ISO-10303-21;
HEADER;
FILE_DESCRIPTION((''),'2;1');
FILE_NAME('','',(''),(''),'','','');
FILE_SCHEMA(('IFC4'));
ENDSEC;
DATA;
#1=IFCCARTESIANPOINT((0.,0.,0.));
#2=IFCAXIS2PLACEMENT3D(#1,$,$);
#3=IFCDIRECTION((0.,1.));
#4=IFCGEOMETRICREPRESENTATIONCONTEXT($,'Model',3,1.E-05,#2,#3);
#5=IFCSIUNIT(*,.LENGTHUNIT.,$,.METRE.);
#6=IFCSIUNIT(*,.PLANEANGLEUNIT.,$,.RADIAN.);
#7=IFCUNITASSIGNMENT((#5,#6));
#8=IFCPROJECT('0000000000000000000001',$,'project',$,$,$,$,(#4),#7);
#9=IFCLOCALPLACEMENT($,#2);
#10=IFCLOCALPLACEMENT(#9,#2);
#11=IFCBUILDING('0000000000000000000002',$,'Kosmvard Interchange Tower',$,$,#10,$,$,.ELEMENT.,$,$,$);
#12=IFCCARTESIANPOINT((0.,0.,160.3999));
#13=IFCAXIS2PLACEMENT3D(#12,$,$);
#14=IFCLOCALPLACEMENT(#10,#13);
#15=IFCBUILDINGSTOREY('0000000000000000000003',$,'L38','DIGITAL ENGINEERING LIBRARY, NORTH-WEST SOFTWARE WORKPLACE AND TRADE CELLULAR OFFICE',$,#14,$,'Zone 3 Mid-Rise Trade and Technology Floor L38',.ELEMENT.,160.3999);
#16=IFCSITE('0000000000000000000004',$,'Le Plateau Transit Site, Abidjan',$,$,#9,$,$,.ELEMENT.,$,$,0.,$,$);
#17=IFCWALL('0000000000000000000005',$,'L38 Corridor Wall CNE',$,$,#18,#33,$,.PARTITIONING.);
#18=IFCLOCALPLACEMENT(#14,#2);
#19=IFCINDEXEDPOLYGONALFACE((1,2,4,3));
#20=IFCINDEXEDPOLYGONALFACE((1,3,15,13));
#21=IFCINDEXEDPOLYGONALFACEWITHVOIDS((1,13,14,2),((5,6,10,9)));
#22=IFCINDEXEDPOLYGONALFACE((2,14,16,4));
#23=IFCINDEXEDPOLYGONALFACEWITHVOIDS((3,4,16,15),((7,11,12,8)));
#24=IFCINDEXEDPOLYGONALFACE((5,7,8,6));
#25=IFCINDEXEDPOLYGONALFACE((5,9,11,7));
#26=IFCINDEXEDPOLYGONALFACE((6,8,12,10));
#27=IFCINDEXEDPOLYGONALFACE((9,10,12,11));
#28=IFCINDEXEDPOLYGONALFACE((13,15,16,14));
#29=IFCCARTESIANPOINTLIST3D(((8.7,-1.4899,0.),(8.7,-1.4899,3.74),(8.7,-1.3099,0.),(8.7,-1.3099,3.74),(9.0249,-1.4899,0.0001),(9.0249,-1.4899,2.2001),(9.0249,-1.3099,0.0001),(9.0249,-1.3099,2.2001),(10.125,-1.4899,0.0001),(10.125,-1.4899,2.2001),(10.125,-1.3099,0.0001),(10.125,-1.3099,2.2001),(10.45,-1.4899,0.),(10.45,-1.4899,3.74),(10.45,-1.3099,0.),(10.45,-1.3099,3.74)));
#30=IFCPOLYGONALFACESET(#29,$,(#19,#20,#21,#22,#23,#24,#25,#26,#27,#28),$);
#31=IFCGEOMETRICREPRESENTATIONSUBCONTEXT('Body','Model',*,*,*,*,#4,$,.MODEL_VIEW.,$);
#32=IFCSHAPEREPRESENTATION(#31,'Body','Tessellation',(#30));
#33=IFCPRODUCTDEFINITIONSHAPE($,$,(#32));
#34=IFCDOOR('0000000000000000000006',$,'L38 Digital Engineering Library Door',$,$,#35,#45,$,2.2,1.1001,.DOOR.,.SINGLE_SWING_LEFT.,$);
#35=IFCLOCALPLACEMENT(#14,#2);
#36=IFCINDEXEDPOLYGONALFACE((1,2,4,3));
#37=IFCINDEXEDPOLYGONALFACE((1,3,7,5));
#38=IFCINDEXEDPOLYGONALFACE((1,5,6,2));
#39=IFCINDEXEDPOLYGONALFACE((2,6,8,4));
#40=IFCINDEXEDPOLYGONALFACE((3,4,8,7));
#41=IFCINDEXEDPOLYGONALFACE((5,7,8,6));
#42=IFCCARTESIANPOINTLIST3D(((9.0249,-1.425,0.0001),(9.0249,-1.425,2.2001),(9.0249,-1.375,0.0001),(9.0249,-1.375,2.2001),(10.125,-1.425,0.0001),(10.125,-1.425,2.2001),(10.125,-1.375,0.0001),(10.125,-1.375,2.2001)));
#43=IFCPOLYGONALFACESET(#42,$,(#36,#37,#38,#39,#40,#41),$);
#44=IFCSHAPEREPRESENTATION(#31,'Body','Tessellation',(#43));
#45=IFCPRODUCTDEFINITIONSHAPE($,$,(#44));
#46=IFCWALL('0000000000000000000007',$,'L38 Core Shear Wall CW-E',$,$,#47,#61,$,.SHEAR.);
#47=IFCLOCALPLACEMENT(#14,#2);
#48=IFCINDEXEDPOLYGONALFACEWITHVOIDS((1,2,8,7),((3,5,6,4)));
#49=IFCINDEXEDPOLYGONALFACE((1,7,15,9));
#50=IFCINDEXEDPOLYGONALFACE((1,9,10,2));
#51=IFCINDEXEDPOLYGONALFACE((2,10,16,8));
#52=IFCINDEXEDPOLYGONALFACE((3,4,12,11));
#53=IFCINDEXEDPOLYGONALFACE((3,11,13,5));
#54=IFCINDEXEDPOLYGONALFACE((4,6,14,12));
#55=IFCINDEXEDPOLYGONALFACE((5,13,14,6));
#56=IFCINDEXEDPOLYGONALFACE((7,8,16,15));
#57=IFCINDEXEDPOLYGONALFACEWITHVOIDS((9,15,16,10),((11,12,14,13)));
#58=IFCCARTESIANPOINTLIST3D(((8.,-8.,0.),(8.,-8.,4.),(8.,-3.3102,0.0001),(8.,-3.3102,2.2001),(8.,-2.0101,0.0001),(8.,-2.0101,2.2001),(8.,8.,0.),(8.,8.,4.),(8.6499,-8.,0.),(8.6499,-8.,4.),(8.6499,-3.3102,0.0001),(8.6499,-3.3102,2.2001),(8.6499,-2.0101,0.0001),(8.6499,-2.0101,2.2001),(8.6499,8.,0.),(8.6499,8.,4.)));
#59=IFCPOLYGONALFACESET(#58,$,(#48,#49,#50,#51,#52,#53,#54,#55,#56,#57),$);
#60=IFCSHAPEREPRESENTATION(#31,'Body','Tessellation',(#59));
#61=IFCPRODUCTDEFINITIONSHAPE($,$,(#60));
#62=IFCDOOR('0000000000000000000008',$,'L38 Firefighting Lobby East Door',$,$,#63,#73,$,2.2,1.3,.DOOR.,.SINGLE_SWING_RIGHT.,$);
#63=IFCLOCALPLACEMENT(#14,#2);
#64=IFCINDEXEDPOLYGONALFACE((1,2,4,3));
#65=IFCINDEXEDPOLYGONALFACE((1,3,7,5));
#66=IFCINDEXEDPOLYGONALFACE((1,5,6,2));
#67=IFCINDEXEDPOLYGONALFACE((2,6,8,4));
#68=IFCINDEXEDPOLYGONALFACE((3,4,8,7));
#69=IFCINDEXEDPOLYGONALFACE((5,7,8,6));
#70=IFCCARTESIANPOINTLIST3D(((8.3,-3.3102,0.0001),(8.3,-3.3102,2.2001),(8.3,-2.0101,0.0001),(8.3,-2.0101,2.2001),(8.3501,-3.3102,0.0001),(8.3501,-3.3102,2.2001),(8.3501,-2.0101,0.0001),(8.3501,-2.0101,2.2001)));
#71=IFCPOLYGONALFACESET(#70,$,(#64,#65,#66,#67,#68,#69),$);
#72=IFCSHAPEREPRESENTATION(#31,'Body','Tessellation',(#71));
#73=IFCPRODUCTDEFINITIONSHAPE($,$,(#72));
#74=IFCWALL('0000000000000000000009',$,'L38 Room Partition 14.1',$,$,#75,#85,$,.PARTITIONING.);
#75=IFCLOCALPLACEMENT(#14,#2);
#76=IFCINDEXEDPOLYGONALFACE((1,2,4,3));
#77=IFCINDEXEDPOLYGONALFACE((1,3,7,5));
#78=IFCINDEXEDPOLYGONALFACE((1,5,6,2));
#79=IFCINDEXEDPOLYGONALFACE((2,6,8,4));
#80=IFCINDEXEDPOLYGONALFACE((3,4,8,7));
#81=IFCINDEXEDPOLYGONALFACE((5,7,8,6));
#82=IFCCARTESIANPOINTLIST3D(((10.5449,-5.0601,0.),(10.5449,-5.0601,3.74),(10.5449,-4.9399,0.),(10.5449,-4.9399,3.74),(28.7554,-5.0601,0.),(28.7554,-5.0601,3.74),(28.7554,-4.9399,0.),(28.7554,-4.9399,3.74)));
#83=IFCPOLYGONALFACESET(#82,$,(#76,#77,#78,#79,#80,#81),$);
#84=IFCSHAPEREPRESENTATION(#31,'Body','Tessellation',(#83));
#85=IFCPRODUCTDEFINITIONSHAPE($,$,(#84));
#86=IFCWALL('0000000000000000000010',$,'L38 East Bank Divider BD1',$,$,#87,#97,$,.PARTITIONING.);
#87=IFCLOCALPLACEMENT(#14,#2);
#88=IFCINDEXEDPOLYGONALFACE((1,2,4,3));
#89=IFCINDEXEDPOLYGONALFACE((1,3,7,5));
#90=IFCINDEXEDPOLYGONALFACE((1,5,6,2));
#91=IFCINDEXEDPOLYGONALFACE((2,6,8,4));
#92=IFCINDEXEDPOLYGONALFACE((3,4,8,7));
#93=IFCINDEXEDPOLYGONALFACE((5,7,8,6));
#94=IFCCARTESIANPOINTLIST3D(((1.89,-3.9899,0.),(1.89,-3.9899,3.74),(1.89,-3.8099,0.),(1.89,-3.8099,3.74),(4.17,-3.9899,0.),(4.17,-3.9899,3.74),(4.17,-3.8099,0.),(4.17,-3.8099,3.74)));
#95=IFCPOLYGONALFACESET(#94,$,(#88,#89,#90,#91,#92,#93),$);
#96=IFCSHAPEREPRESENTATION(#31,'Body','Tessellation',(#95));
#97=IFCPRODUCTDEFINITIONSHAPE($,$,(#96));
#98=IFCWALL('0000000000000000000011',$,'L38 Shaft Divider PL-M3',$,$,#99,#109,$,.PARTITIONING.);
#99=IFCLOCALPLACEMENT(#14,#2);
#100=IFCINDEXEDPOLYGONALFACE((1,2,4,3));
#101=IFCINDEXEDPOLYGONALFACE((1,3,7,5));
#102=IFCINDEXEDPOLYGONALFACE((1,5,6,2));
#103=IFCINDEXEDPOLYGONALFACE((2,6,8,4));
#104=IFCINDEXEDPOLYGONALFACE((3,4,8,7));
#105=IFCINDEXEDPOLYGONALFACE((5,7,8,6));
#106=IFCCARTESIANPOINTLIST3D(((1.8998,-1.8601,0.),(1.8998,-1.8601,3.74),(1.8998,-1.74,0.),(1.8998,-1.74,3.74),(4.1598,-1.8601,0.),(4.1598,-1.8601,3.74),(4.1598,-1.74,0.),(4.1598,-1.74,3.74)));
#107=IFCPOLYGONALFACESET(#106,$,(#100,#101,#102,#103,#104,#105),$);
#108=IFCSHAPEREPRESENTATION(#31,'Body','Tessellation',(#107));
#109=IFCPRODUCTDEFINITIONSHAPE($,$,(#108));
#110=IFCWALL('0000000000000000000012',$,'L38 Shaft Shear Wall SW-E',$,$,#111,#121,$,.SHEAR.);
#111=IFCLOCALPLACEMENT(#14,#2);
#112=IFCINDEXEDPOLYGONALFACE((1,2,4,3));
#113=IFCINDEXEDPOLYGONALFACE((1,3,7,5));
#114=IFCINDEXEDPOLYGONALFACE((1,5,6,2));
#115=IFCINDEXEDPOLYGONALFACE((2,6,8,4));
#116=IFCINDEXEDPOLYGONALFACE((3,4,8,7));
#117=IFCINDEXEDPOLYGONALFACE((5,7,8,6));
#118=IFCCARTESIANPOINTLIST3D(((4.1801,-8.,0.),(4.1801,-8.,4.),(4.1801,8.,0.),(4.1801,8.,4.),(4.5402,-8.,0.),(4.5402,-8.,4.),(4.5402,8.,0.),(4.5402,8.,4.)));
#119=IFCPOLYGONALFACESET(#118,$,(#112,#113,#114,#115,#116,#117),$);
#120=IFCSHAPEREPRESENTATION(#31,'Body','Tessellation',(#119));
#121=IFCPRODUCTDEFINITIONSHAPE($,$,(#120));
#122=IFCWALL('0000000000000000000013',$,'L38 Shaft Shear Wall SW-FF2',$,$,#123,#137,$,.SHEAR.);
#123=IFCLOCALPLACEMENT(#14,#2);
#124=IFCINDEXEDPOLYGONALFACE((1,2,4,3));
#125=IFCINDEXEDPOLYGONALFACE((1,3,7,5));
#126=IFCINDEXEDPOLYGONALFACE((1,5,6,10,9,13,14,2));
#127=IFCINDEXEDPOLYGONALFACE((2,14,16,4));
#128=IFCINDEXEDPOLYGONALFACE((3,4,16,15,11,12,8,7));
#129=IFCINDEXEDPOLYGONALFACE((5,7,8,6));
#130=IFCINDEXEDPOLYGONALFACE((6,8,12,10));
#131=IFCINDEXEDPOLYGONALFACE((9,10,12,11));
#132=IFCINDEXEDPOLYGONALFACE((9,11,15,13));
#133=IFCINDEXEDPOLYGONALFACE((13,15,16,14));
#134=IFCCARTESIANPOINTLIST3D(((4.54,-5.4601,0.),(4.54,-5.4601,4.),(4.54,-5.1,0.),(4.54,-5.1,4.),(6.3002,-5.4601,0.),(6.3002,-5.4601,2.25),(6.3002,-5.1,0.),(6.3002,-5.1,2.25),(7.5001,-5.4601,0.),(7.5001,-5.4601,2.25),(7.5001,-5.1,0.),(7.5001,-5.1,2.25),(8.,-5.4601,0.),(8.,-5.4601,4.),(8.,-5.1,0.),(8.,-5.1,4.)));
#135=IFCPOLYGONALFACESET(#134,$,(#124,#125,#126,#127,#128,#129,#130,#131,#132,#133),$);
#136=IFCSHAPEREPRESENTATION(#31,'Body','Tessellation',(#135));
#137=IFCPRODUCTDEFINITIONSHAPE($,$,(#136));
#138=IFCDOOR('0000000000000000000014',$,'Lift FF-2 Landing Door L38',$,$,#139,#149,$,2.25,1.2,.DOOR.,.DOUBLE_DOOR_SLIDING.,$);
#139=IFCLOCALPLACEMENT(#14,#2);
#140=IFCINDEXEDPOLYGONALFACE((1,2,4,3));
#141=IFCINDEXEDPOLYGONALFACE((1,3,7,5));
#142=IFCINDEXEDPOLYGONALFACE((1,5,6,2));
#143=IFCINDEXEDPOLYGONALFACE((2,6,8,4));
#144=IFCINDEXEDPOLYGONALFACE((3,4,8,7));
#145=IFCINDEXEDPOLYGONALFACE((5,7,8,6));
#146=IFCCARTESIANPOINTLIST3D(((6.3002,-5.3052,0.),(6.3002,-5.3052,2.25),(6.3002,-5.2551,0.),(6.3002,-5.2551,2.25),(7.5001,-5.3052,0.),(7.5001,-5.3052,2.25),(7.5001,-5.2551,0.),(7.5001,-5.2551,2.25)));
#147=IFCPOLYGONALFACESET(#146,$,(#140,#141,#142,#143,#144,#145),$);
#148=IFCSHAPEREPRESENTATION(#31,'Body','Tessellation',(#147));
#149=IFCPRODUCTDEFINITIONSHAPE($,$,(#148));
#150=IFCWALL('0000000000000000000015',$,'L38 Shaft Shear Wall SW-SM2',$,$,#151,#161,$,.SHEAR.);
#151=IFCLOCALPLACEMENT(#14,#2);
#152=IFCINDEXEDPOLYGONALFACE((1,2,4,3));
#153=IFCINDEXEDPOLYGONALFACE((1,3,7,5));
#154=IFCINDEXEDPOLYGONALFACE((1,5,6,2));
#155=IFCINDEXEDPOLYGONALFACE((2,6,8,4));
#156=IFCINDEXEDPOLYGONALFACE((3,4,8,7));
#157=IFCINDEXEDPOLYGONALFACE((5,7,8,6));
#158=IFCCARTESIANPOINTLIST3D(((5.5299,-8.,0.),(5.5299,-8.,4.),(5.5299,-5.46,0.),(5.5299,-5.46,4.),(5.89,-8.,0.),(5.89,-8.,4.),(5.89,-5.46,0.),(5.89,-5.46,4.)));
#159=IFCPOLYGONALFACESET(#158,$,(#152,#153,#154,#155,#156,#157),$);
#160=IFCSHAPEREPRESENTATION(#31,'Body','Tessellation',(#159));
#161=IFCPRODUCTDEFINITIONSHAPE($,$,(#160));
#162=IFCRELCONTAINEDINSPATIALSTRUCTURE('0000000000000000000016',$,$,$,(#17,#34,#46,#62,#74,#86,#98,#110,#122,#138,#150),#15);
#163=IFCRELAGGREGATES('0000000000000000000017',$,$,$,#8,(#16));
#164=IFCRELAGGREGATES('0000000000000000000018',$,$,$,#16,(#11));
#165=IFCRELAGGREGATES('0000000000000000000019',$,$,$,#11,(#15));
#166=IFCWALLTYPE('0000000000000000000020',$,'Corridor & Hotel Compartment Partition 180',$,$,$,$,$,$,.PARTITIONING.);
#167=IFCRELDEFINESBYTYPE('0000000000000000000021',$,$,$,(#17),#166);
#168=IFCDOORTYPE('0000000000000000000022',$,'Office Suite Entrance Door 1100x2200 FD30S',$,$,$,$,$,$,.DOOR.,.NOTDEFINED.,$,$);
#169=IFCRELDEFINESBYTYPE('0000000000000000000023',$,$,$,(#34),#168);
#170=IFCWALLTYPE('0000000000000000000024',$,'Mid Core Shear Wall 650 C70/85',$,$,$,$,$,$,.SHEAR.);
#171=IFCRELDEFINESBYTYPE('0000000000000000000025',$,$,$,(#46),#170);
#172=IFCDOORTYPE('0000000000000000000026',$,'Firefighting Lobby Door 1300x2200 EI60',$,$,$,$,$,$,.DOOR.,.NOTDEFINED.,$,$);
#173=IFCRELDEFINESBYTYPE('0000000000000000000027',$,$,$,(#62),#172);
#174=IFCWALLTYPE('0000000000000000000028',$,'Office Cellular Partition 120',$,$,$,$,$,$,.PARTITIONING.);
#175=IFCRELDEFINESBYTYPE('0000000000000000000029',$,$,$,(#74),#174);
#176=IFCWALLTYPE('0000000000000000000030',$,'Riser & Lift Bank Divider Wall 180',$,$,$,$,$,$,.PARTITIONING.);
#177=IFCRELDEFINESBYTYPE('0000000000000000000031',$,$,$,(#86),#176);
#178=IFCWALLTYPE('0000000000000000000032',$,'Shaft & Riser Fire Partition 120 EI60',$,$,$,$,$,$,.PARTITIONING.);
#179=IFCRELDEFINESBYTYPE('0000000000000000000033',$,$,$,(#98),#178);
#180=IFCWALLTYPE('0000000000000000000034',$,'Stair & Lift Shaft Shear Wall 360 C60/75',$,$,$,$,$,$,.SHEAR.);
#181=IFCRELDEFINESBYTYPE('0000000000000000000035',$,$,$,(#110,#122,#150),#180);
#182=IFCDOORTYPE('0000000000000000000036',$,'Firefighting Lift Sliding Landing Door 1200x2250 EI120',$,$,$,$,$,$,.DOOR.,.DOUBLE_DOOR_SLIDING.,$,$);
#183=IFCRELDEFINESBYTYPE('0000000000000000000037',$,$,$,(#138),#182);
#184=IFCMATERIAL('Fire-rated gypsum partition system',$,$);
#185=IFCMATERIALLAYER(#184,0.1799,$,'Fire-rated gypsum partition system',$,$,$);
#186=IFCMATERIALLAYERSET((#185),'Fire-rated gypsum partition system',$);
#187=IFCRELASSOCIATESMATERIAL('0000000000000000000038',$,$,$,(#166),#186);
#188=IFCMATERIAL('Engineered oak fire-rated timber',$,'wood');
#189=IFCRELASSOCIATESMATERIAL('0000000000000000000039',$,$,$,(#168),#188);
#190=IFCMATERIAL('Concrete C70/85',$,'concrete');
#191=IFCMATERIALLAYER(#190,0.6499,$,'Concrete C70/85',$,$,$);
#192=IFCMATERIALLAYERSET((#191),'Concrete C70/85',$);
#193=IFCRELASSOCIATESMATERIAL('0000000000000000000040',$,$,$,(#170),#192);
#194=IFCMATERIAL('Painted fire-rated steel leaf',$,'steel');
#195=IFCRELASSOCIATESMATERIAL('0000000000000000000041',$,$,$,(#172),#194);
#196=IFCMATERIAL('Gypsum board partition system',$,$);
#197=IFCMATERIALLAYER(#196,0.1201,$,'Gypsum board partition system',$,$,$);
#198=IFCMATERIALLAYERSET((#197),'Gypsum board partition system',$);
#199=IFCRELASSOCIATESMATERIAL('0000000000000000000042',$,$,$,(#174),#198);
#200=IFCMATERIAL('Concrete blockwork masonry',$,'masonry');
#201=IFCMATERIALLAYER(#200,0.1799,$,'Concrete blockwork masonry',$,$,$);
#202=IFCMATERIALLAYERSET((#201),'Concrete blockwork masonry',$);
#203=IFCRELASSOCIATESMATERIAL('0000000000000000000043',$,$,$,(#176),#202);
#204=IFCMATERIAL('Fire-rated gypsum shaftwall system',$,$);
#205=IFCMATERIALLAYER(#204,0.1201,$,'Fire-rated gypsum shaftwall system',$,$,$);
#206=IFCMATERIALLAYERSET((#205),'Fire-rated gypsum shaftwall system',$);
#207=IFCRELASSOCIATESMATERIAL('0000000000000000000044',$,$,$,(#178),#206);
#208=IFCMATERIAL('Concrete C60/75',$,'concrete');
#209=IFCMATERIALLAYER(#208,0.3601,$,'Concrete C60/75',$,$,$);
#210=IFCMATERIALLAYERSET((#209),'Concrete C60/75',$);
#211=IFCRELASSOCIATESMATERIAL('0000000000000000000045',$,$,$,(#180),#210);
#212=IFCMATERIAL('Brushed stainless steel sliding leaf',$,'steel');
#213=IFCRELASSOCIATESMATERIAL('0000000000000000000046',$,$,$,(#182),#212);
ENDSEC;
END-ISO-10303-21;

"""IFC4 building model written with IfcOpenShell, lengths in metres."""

from ifc_helpers import new_model, si_unit, direction, frame, frame_2d, origin, place, context, subcontext, project, spatial, rectangle, extrude, source, transform, mapped, material, layer, layer_set, type_object, element, fill, save


model = new_model("IFC4")

# Units and contexts
model_context = context("Model", 3, precision=1e-05, world=origin(), true_north=direction((0.0, 1.0)))
body_context = subcontext(model_context, "Body", "Model", "MODEL_VIEW")
ifc_project = project(units=[si_unit("LENGTHUNIT", "METRE"), si_unit("PLANEANGLEUNIT", "RADIAN")], contexts=[model_context])

# Site, building, storey
site_placement = place(None, origin())
site = spatial("IfcSite", under=ifc_project, at=site_placement, Name="Le Plateau Transit Site, Abidjan", CompositionType="ELEMENT", RefElevation=0.0)
building_placement = place(site_placement, origin())
building = spatial("IfcBuilding", under=site, at=building_placement, Name="Kosmvard Interchange Tower", CompositionType="ELEMENT")
storey_placement = place(building_placement, frame((0.0, 0.0, 160.3999)))
storey = spatial("IfcBuildingStorey", under=building, at=storey_placement, Name="L38", Description="DIGITAL ENGINEERING LIBRARY, NORTH-WEST SOFTWARE WORKPLACE AND TRADE CELLULAR OFFICE", LongName="Zone 3 Mid-Rise Trade and Technology Floor L38", CompositionType="ELEMENT", Elevation=160.3999)

# Shared definitions
ifc_material_1 = material(Name="Fire-rated gypsum partition system")
ifc_layer_1 = layer(ifc_material_1, 0.1799, Name="Fire-rated gypsum partition system")
ifc_layer_set_1 = layer_set([ifc_layer_1], Name="Fire-rated gypsum partition system")
wall_type_1 = type_object("IfcWallType", Name="Corridor & Hotel Compartment Partition 180", PredefinedType="PARTITIONING", material=ifc_layer_set_1)
ifc_material_2 = material(Name="Painted fire-rated steel leaf", Category="steel")
ifc_material_3 = material(Name="Brushed stainless steel sliding leaf", Category="steel")
shared_shape_1 = source(origin(), body_context, "Body", "SweptSolid", [
    extrude(rectangle(XDim=1.1001, YDim=2.2, at=frame_2d((0.55, 1.1001))), frame((0.0, 0.0249, 0.0), z_axis=(0.0, -1.0, 0.0), x_axis=(1.0, 0.0, 0.0)), (0.0, 0.0, 1.0), 0.05),
])

# Walls, openings, doors
wall_1_placement = place(storey_placement, frame((8.7, -1.3999, 0.0), z_axis=(0.0, 0.0, 1.0), x_axis=(1.0, 0.0, 0.0)))
wall_1 = element("IfcWall", 1, at=wall_1_placement, inside=storey, type_object=wall_type_1, Name="L38 Corridor Wall CNE", PredefinedType="PARTITIONING", context=body_context, shape_type="SweptSolid", body=[
    extrude(rectangle(XDim=1.75, YDim=0.1799, at=frame_2d((0.875, 0.0))), origin(), (0.0, 0.0, 1.0), 3.74),
])
opening_1_placement = place(wall_1_placement, frame((0.325, 0.0, 0.0)))
opening_1 = element("IfcOpeningElement", 2, at=opening_1_placement, cuts=wall_1, PredefinedType="OPENING", context=body_context, shape_type="SweptSolid", body=[
    extrude(rectangle(XDim=1.1001, YDim=2.2, at=frame_2d((0.55, 1.1001))), frame((0.0, 0.1001, 0.0), z_axis=(0.0, -1.0, 0.0), x_axis=(1.0, 0.0, 0.0)), (0.0, 0.0, 1.0), 0.2),
])
ifc_material_4 = material(Name="Engineered oak fire-rated timber", Category="wood")
door_type_1 = type_object("IfcDoorType", Name="Office Suite Entrance Door 1100x2200 FD30S", OperationType="NOTDEFINED", PredefinedType="DOOR", material=ifc_material_4)
door_1_placement = place(opening_1_placement, origin())
door_1 = element("IfcDoor", 3, at=door_1_placement, inside=storey, type_object=door_type_1, Name="L38 Digital Engineering Library Door", OperationType="SINGLE_SWING_LEFT", OverallHeight=2.2, OverallWidth=1.1001, PredefinedType="DOOR", context=body_context, shape_type="MappedRepresentation", body=[
    mapped(shared_shape_1, transform((0.0, 0.0, 0.0), scale=1.0)),
])
fill(opening_1, door_1)
ifc_material_5 = material(Name="Concrete C70/85", Category="concrete")
ifc_layer_2 = layer(ifc_material_5, 0.6499, Name="Concrete C70/85")
ifc_layer_set_2 = layer_set([ifc_layer_2], Name="Concrete C70/85")
wall_type_2 = type_object("IfcWallType", Name="Mid Core Shear Wall 650 C70/85", PredefinedType="SHEAR", material=ifc_layer_set_2)
wall_2_placement = place(storey_placement, frame((8.325, -8.0, 0.0), z_axis=(0.0, 0.0, 1.0), x_axis=(0.0, 1.0, 0.0)))
wall_2 = element("IfcWall", 4, at=wall_2_placement, inside=storey, type_object=wall_type_2, Name="L38 Core Shear Wall CW-E", PredefinedType="SHEAR", context=body_context, shape_type="SweptSolid", body=[
    extrude(rectangle(XDim=16.0, YDim=0.6499, at=frame_2d((8.0, 0.0))), origin(), (0.0, 0.0, 1.0), 4.0),
])
opening_2_placement = place(wall_2_placement, frame((4.6899, 0.0, 0.0)))
opening_2 = element("IfcOpeningElement", 5, at=opening_2_placement, cuts=wall_2, PredefinedType="OPENING", context=body_context, shape_type="SweptSolid", body=[
    extrude(rectangle(XDim=1.3, YDim=2.2, at=frame_2d((0.6499, 1.1001))), frame((0.0, 0.335, 0.0), z_axis=(0.0, -1.0, 0.0), x_axis=(1.0, 0.0, 0.0)), (0.0, 0.0, 1.0), 0.6699),
])
door_type_2 = type_object("IfcDoorType", Name="Firefighting Lobby Door 1300x2200 EI60", OperationType="NOTDEFINED", PredefinedType="DOOR", material=ifc_material_2)
shared_shape_2 = source(origin(), body_context, "Body", "SweptSolid", [
    extrude(rectangle(XDim=1.3, YDim=2.2, at=frame_2d((0.6499, 1.1001))), frame((0.0, 0.0249, 0.0), z_axis=(0.0, -1.0, 0.0), x_axis=(1.0, 0.0, 0.0)), (0.0, 0.0, 1.0), 0.05),
])
door_2_placement = place(opening_2_placement, origin())
door_2 = element("IfcDoor", 6, at=door_2_placement, inside=storey, type_object=door_type_2, Name="L38 Firefighting Lobby East Door", OperationType="SINGLE_SWING_RIGHT", OverallHeight=2.2, OverallWidth=1.3, PredefinedType="DOOR", context=body_context, shape_type="MappedRepresentation", body=[
    mapped(shared_shape_2, transform((0.0, 0.0, 0.0), scale=1.0)),
])
fill(opening_2, door_2)

# Walls
ifc_material_6 = material(Name="Gypsum board partition system")
ifc_layer_3 = layer(ifc_material_6, 0.1201, Name="Gypsum board partition system")
ifc_layer_set_3 = layer_set([ifc_layer_3], Name="Gypsum board partition system")
wall_type_3 = type_object("IfcWallType", Name="Office Cellular Partition 120", PredefinedType="PARTITIONING", material=ifc_layer_set_3)
wall_3_placement = place(storey_placement, frame((10.5449, -5.0, 0.0), z_axis=(0.0, 0.0, 1.0), x_axis=(1.0, 0.0, 0.0)))
element("IfcWall", 7, at=wall_3_placement, inside=storey, type_object=wall_type_3, Name="L38 Room Partition 14.1", PredefinedType="PARTITIONING", context=body_context, shape_type="SweptSolid", body=[
    extrude(rectangle(XDim=18.2104, YDim=0.1201, at=frame_2d((9.1052, 0.0))), origin(), (0.0, 0.0, 1.0), 3.74),
])
ifc_material_7 = material(Name="Concrete blockwork masonry", Category="masonry")
ifc_layer_4 = layer(ifc_material_7, 0.1799, Name="Concrete blockwork masonry")
ifc_layer_set_4 = layer_set([ifc_layer_4], Name="Concrete blockwork masonry")
wall_type_4 = type_object("IfcWallType", Name="Riser & Lift Bank Divider Wall 180", PredefinedType="PARTITIONING", material=ifc_layer_set_4)
wall_4_placement = place(storey_placement, frame((1.8899, -3.8999, 0.0), z_axis=(0.0, 0.0, 1.0), x_axis=(1.0, 0.0, 0.0)))
element("IfcWall", 8, at=wall_4_placement, inside=storey, type_object=wall_type_4, Name="L38 East Bank Divider BD1", PredefinedType="PARTITIONING", context=body_context, shape_type="SweptSolid", body=[
    extrude(rectangle(XDim=2.28, YDim=0.1799, at=frame_2d((1.1401, 0.0))), origin(), (0.0, 0.0, 1.0), 3.74),
])
ifc_material_8 = material(Name="Fire-rated gypsum shaftwall system")
ifc_layer_5 = layer(ifc_material_8, 0.1201, Name="Fire-rated gypsum shaftwall system")
ifc_layer_set_5 = layer_set([ifc_layer_5], Name="Fire-rated gypsum shaftwall system")
wall_type_5 = type_object("IfcWallType", Name="Shaft & Riser Fire Partition 120 EI60", PredefinedType="PARTITIONING", material=ifc_layer_set_5)
wall_5_placement = place(storey_placement, frame((1.8999, -1.8, 0.0), z_axis=(0.0, 0.0, 1.0), x_axis=(1.0, 0.0, 0.0)))
element("IfcWall", 9, at=wall_5_placement, inside=storey, type_object=wall_type_5, Name="L38 Shaft Divider PL-M3", PredefinedType="PARTITIONING", context=body_context, shape_type="SweptSolid", body=[
    extrude(rectangle(XDim=2.26, YDim=0.1201, at=frame_2d((1.1299, 0.0))), origin(), (0.0, 0.0, 1.0), 3.74),
])
ifc_material_9 = material(Name="Concrete C60/75", Category="concrete")
ifc_layer_6 = layer(ifc_material_9, 0.3601, Name="Concrete C60/75")
ifc_layer_set_6 = layer_set([ifc_layer_6], Name="Concrete C60/75")
wall_type_6 = type_object("IfcWallType", Name="Stair & Lift Shaft Shear Wall 360 C60/75", PredefinedType="SHEAR", material=ifc_layer_set_6)
wall_6_placement = place(storey_placement, frame((4.3601, -8.0, 0.0), z_axis=(0.0, 0.0, 1.0), x_axis=(0.0, 1.0, 0.0)))
element("IfcWall", 10, at=wall_6_placement, inside=storey, type_object=wall_type_6, Name="L38 Shaft Shear Wall SW-E", PredefinedType="SHEAR", context=body_context, shape_type="SweptSolid", body=[
    extrude(rectangle(XDim=16.0, YDim=0.3601, at=frame_2d((8.0, 0.0))), origin(), (0.0, 0.0, 1.0), 4.0),
])

# Wall, opening, door
wall_7_placement = place(storey_placement, frame((4.54, -5.28, 0.0), z_axis=(0.0, 0.0, 1.0), x_axis=(1.0, 0.0, 0.0)))
wall_7 = element("IfcWall", 11, at=wall_7_placement, inside=storey, type_object=wall_type_6, Name="L38 Shaft Shear Wall SW-FF2", PredefinedType="SHEAR", context=body_context, shape_type="SweptSolid", body=[
    extrude(rectangle(XDim=3.46, YDim=0.3601, at=frame_2d((1.73, 0.0))), origin(), (0.0, 0.0, 1.0), 4.0),
])
opening_3_placement = place(wall_7_placement, frame((1.76, 0.0, 0.0)))
opening_3 = element("IfcOpeningElement", 12, at=opening_3_placement, cuts=wall_7, PredefinedType="OPENING", context=body_context, shape_type="SweptSolid", body=[
    extrude(rectangle(XDim=1.2, YDim=2.25, at=frame_2d((0.6001, 1.125))), frame((0.0, 0.1899, 0.0), z_axis=(0.0, -1.0, 0.0), x_axis=(1.0, 0.0, 0.0)), (0.0, 0.0, 1.0), 0.3801),
])
door_type_3 = type_object("IfcDoorType", Name="Firefighting Lift Sliding Landing Door 1200x2250 EI120", OperationType="DOUBLE_DOOR_SLIDING", PredefinedType="DOOR", material=ifc_material_3)
shared_shape_3 = source(origin(), body_context, "Body", "SweptSolid", [
    extrude(rectangle(XDim=1.2, YDim=2.25, at=frame_2d((0.6001, 1.125))), frame((0.0, 0.0249, 0.0), z_axis=(0.0, -1.0, 0.0), x_axis=(1.0, 0.0, 0.0)), (0.0, 0.0, 1.0), 0.05),
])
door_3_placement = place(opening_3_placement, origin())
door_3 = element("IfcDoor", 13, at=door_3_placement, inside=storey, type_object=door_type_3, Name="Lift FF-2 Landing Door L38", OperationType="DOUBLE_DOOR_SLIDING", OverallHeight=2.25, OverallWidth=1.2, PredefinedType="DOOR", context=body_context, shape_type="MappedRepresentation", body=[
    mapped(shared_shape_3, transform((0.0, 0.0, 0.0), scale=1.0)),
])
fill(opening_3, door_3)

# Wall
wall_8_placement = place(storey_placement, frame((5.71, -8.0, 0.0), z_axis=(0.0, 0.0, 1.0), x_axis=(0.0, 1.0, 0.0)))
element("IfcWall", 14, at=wall_8_placement, inside=storey, type_object=wall_type_6, Name="L38 Shaft Shear Wall SW-SM2", PredefinedType="SHEAR", context=body_context, shape_type="SweptSolid", body=[
    extrude(rectangle(XDim=2.54, YDim=0.3601, at=frame_2d((1.27, 0.0))), origin(), (0.0, 0.0, 1.0), 4.0),
])

save(model, "model.ifc")
